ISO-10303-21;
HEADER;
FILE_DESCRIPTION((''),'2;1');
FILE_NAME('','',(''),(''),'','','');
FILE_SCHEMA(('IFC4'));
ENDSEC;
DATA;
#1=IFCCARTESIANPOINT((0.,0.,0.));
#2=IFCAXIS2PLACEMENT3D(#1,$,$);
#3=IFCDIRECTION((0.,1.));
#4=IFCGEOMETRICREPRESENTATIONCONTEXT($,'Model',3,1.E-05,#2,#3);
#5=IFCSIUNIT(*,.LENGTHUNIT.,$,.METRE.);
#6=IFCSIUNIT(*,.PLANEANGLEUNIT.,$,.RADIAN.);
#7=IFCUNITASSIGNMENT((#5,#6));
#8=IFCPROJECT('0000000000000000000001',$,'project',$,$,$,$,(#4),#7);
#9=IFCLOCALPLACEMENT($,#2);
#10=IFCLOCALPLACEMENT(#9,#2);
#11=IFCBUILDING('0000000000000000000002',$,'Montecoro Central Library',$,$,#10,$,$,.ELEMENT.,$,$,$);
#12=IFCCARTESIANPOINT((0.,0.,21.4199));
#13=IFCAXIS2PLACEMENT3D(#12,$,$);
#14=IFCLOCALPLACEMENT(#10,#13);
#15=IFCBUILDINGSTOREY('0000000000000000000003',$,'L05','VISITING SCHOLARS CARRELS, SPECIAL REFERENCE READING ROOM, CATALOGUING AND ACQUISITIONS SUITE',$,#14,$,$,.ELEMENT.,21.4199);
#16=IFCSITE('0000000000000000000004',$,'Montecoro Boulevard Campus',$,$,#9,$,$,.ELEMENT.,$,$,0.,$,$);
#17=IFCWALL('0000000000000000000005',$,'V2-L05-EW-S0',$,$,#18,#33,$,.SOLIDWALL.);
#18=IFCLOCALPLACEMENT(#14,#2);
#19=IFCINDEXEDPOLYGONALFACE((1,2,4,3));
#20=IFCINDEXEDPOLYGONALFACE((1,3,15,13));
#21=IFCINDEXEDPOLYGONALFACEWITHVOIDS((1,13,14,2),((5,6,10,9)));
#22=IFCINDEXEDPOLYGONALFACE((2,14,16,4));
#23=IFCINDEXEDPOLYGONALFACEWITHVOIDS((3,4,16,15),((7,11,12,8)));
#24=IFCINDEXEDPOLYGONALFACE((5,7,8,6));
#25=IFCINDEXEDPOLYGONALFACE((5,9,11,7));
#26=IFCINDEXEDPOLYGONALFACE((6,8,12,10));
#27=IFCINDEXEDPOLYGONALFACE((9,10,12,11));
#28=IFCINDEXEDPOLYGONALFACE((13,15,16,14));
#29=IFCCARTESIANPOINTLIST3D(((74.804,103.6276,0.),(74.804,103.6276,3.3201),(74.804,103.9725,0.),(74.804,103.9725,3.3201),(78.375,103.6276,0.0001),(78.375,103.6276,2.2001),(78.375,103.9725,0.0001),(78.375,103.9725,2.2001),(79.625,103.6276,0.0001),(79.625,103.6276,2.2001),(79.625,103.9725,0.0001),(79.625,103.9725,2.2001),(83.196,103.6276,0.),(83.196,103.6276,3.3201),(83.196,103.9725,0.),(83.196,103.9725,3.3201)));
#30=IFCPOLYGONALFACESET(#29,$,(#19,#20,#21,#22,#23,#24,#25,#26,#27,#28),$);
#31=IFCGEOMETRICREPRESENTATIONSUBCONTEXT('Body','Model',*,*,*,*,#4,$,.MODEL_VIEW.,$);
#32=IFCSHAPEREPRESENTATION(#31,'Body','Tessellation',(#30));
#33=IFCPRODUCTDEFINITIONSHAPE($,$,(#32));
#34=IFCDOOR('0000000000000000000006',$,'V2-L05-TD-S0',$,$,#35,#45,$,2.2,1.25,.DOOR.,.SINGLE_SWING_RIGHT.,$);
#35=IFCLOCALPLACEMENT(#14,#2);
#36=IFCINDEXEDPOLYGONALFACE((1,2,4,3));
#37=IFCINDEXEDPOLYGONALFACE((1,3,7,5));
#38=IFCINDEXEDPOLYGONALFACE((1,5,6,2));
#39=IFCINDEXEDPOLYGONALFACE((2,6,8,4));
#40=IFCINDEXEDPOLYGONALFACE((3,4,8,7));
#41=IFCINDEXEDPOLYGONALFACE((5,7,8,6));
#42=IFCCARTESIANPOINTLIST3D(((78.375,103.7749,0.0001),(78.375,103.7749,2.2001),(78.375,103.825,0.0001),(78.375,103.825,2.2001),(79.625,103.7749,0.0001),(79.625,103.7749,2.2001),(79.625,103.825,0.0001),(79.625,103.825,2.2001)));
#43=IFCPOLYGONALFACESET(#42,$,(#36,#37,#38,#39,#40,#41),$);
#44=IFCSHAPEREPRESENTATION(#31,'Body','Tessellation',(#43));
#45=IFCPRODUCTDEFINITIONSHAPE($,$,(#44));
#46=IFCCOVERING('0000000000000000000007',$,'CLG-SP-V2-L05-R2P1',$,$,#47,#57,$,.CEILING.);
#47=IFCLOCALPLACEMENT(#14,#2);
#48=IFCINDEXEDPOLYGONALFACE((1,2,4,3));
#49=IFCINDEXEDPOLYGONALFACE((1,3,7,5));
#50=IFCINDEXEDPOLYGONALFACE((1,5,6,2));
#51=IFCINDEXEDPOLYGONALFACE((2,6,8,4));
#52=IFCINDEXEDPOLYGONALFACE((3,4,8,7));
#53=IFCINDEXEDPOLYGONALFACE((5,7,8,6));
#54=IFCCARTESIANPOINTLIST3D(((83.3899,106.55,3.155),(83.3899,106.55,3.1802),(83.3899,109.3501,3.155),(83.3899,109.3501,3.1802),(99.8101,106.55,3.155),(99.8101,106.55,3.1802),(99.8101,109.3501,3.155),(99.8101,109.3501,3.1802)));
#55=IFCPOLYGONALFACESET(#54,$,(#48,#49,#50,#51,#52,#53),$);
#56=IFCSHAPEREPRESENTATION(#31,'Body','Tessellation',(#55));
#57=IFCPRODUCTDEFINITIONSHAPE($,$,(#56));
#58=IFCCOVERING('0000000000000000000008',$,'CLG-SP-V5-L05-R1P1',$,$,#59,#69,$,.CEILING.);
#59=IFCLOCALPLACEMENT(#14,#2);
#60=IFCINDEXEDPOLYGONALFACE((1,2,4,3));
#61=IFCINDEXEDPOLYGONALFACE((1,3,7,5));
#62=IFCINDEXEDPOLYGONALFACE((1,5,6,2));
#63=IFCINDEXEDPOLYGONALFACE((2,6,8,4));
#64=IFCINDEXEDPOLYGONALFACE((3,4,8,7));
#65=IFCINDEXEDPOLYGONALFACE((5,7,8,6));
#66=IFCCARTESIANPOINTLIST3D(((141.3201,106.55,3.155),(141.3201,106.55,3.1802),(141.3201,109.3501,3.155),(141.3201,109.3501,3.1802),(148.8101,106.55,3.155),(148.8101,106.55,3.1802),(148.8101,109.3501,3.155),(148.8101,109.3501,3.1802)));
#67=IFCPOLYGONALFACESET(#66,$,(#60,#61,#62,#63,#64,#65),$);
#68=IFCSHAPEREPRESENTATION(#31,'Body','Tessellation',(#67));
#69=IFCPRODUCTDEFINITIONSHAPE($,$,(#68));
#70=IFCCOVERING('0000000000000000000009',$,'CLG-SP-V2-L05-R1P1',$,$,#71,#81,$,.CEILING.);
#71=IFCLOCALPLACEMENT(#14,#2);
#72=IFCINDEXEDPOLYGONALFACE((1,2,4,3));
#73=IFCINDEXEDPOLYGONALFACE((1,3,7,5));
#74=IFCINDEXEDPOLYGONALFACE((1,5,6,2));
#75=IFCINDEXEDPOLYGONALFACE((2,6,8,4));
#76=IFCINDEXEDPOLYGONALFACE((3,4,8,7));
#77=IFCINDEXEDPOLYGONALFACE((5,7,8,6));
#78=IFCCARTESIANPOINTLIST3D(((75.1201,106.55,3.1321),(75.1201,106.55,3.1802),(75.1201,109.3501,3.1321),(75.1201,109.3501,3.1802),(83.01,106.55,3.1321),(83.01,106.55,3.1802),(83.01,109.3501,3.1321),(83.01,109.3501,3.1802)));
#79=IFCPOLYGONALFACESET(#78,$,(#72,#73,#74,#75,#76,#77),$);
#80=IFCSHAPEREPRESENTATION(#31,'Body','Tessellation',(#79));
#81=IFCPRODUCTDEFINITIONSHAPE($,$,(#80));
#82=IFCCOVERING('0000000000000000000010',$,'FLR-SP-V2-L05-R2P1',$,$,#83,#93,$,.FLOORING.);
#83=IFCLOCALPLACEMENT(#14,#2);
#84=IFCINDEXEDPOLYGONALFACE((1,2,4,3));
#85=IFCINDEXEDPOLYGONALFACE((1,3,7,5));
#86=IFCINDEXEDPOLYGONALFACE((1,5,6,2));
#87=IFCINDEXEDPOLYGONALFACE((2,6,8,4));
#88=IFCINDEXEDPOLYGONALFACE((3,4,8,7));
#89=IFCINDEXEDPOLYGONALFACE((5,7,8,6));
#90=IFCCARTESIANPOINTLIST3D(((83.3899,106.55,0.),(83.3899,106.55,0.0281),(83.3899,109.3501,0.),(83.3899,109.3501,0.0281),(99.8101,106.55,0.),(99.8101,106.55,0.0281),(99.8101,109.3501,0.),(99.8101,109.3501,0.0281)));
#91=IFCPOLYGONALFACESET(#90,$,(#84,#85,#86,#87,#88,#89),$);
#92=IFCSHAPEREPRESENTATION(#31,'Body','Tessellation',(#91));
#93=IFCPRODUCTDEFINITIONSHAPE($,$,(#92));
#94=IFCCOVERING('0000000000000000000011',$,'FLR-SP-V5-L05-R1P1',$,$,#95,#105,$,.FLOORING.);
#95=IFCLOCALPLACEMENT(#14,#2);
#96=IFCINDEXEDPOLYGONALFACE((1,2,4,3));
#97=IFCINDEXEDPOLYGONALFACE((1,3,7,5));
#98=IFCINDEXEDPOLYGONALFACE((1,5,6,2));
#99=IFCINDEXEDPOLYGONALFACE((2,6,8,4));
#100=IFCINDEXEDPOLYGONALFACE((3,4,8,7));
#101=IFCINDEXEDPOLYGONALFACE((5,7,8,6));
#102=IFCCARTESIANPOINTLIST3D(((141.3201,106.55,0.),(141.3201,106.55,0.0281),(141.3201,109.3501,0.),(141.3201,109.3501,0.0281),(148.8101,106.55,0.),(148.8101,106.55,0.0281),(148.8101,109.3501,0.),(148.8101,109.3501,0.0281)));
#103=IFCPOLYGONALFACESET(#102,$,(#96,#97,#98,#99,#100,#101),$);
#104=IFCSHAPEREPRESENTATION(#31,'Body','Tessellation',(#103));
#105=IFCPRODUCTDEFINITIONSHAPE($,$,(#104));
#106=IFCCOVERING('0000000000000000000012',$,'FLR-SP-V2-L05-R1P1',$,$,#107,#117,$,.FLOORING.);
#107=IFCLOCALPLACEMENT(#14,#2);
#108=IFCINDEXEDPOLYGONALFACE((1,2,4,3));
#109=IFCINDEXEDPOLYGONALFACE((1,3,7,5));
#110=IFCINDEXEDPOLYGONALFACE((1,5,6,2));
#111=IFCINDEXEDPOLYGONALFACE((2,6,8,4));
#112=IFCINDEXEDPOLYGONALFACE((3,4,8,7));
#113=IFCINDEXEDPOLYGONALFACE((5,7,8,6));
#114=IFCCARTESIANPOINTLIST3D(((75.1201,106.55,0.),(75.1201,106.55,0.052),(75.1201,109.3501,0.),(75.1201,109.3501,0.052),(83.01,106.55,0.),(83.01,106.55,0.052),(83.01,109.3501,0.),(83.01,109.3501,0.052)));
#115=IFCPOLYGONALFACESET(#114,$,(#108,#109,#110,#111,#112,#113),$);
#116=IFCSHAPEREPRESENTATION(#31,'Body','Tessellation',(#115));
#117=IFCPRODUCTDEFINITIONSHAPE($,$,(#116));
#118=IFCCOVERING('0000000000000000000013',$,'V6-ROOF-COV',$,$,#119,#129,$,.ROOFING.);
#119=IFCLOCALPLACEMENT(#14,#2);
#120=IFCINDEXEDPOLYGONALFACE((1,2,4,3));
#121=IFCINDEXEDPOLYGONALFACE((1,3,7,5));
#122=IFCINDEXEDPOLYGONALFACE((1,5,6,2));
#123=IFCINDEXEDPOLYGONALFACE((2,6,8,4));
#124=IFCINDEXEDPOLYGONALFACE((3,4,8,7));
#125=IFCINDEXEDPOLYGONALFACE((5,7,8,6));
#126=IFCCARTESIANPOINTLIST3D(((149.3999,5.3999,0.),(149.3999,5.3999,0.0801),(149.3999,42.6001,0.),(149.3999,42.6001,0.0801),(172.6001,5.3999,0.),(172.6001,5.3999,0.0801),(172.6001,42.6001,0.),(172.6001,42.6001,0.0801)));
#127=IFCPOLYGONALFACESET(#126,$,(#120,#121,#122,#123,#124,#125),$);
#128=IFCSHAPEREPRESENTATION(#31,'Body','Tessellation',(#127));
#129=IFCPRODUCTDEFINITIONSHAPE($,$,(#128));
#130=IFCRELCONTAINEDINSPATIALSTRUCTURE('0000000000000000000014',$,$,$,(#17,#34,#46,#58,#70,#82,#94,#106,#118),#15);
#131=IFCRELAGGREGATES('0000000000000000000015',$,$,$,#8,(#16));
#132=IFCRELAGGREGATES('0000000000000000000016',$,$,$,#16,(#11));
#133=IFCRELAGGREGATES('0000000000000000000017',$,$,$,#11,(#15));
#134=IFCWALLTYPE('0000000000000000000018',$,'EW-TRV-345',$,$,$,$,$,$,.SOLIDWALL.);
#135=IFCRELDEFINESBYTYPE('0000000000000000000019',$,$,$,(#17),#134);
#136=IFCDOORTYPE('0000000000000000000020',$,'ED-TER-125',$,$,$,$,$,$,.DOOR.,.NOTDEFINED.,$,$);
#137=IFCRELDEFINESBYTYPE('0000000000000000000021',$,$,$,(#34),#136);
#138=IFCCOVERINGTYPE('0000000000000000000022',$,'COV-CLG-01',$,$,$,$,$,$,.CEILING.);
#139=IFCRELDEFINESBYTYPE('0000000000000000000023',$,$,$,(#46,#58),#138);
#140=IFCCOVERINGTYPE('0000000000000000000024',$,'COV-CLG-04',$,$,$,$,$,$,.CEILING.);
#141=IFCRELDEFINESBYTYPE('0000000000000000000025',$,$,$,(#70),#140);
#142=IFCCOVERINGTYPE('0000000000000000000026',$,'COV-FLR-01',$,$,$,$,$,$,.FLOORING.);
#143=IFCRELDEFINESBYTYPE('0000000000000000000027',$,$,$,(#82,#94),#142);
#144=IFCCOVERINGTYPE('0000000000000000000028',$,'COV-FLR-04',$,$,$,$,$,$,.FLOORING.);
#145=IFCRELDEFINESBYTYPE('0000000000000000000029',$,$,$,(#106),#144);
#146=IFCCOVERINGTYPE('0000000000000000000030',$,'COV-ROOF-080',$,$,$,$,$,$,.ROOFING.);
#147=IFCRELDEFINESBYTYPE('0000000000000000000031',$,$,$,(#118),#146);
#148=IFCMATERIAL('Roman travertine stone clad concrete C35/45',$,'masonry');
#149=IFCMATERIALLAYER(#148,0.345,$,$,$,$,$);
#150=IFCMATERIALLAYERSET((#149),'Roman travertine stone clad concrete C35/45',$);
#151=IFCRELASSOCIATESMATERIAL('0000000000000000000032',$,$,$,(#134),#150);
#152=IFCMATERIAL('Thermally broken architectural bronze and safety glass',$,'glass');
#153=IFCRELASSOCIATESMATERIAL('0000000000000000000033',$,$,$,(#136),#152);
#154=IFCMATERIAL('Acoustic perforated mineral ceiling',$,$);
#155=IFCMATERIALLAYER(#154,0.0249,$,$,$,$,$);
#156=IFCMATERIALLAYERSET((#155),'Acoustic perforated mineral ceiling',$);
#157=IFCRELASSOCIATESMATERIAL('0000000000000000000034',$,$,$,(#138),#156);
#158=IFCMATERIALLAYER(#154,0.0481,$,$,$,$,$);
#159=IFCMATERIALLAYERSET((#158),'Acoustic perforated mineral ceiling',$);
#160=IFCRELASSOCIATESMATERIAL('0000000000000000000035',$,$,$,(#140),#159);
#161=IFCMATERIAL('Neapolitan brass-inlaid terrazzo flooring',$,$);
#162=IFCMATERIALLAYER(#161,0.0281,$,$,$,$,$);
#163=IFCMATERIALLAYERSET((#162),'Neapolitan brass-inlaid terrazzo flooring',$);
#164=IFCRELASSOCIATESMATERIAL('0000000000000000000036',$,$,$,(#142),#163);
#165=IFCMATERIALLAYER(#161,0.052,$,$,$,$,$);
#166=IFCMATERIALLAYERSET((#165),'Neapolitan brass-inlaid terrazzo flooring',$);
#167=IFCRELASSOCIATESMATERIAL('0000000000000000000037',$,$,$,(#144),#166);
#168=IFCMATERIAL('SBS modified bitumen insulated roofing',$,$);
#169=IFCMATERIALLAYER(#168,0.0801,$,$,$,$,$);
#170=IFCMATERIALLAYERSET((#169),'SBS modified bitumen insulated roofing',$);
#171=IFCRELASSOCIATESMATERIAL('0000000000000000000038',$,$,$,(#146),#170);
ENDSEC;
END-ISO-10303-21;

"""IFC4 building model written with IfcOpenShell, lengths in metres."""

from ifc_helpers import new_model, si_unit, direction, frame, frame_2d, origin, place, context, subcontext, project, spatial, polyline, rectangle, outline, extrude, material, layer, layer_set, type_object, element, fill, save


model = new_model("IFC4")

# Units and contexts
model_context = context("Model", 3, precision=1e-05, world=origin(), true_north=direction((0.0, 1.0)))
body_context = subcontext(model_context, "Body", "Model", "MODEL_VIEW")
ifc_project = project(units=[si_unit("LENGTHUNIT", "METRE"), si_unit("PLANEANGLEUNIT", "RADIAN")], contexts=[model_context])

# Site, building, storey
site_placement = place(None, origin())
site = spatial("IfcSite", under=ifc_project, at=site_placement, Name="Montecoro Boulevard Campus", CompositionType="ELEMENT", RefElevation=0.0)
building_placement = place(site_placement, origin())
building = spatial("IfcBuilding", under=site, at=building_placement, Name="Montecoro Central Library", CompositionType="ELEMENT")
storey_placement = place(building_placement, frame((0.0, 0.0, 21.4199)))
storey = spatial("IfcBuildingStorey", under=building, at=storey_placement, Name="L05", Description="VISITING SCHOLARS CARRELS, SPECIAL REFERENCE READING ROOM, CATALOGUING AND ACQUISITIONS SUITE", CompositionType="ELEMENT", Elevation=21.4199)

# Wall, opening, door
ifc_material_1 = material(Name="Roman travertine stone clad concrete C35/45", Category="masonry")
ifc_layer_1 = layer(ifc_material_1, 0.345)
ifc_layer_set_1 = layer_set([ifc_layer_1], Name="Roman travertine stone clad concrete C35/45")
wall_type = type_object("IfcWallType", Name="EW-TRV-345", PredefinedType="SOLIDWALL", material=ifc_layer_set_1)
wall_placement = place(storey_placement, frame((74.804, 103.8, 0.0), z_axis=(0.0, 0.0, 1.0), x_axis=(1.0, 0.0, 0.0)))
wall = element("IfcWall", 1, at=wall_placement, inside=storey, type_object=wall_type, Name="V2-L05-EW-S0", PredefinedType="SOLIDWALL", context=body_context, shape_type="SweptSolid", body=[
    extrude(rectangle(XDim=8.3921, YDim=0.345, at=frame_2d((4.196, 0.0))), origin(), (0.0, 0.0, 1.0), 3.3201),
])
opening_1_placement = place(wall_placement, frame((3.571, 0.0, 0.0)))
opening_1 = element("IfcOpeningElement", 2, at=opening_1_placement, cuts=wall, PredefinedType="OPENING", context=body_context, shape_type="SweptSolid", body=[
    extrude(rectangle(XDim=1.25, YDim=2.2, at=frame_2d((0.625, 1.1001))), frame((0.0, 0.1824, 0.0), z_axis=(0.0, -1.0, 0.0), x_axis=(1.0, 0.0, 0.0)), (0.0, 0.0, 1.0), 0.365),
])
ifc_material_2 = material(Name="Thermally broken architectural bronze and safety glass", Category="glass")
door_type = type_object("IfcDoorType", Name="ED-TER-125", OperationType="NOTDEFINED", PredefinedType="DOOR", material=ifc_material_2)
door_placement = place(opening_1_placement, origin())
door = element("IfcDoor", 3, at=door_placement, inside=storey, type_object=door_type, Name="V2-L05-TD-S0", OperationType="SINGLE_SWING_RIGHT", OverallHeight=2.2, OverallWidth=1.25, PredefinedType="DOOR", context=body_context, shape_type="SweptSolid", body=[
    extrude(rectangle(XDim=1.25, YDim=2.2, at=frame_2d((0.625, 1.1001))), frame((0.0, 0.0249, 0.0), z_axis=(0.0, -1.0, 0.0), x_axis=(1.0, 0.0, 0.0)), (0.0, 0.0, 1.0), 0.05),
])
fill(opening_1, door)

# Coverings
ifc_material_3 = material(Name="Acoustic perforated mineral ceiling")
ifc_layer_2 = layer(ifc_material_3, 0.0249)
ifc_layer_set_2 = layer_set([ifc_layer_2], Name="Acoustic perforated mineral ceiling")
covering_type_1 = type_object("IfcCoveringType", Name="COV-CLG-01", PredefinedType="CEILING", material=ifc_layer_set_2)
covering_1_placement = place(storey_placement, frame((0.0, 0.0, 3.155)))
element("IfcCovering", 4, at=covering_1_placement, inside=storey, type_object=covering_type_1, Name="CLG-SP-V2-L05-R2P1", PredefinedType="CEILING", context=body_context, shape_type="SweptSolid", body=[
    extrude(outline(polyline([(83.3899, 106.55), (99.8101, 106.55), (99.8101, 109.3501), (83.3899, 109.3501), (83.3899, 106.55)])), origin(), (0.0, 0.0, 1.0), 0.0251),
])
covering_2_placement = place(storey_placement, frame((0.0, 0.0, 3.155)))
element("IfcCovering", 5, at=covering_2_placement, inside=storey, type_object=covering_type_1, Name="CLG-SP-V5-L05-R1P1", PredefinedType="CEILING", context=body_context, shape_type="SweptSolid", body=[
    extrude(outline(polyline([(141.3201, 106.55), (148.8101, 106.55), (148.8101, 109.3501), (141.3201, 109.3501), (141.3201, 106.55)])), origin(), (0.0, 0.0, 1.0), 0.0251),
])
ifc_layer_3 = layer(ifc_material_3, 0.0481)
ifc_layer_set_3 = layer_set([ifc_layer_3], Name="Acoustic perforated mineral ceiling")
covering_type_2 = type_object("IfcCoveringType", Name="COV-CLG-04", PredefinedType="CEILING", material=ifc_layer_set_3)
covering_3_placement = place(storey_placement, frame((0.0, 0.0, 3.1321)))
element("IfcCovering", 6, at=covering_3_placement, inside=storey, type_object=covering_type_2, Name="CLG-SP-V2-L05-R1P1", PredefinedType="CEILING", context=body_context, shape_type="SweptSolid", body=[
    extrude(outline(polyline([(75.1201, 106.55), (83.01, 106.55), (83.01, 109.3501), (75.1201, 109.3501), (75.1201, 106.55)])), origin(), (0.0, 0.0, 1.0), 0.0481),
])
ifc_material_4 = material(Name="Neapolitan brass-inlaid terrazzo flooring")
ifc_layer_4 = layer(ifc_material_4, 0.0281)
ifc_layer_set_4 = layer_set([ifc_layer_4], Name="Neapolitan brass-inlaid terrazzo flooring")
covering_type_3 = type_object("IfcCoveringType", Name="COV-FLR-01", PredefinedType="FLOORING", material=ifc_layer_set_4)
covering_4_placement = place(storey_placement, origin())
element("IfcCovering", 7, at=covering_4_placement, inside=storey, type_object=covering_type_3, Name="FLR-SP-V2-L05-R2P1", PredefinedType="FLOORING", context=body_context, shape_type="SweptSolid", body=[
    extrude(outline(polyline([(83.3899, 106.55), (99.8101, 106.55), (99.8101, 109.3501), (83.3899, 109.3501), (83.3899, 106.55)])), origin(), (0.0, 0.0, 1.0), 0.0281),
])
covering_5_placement = place(storey_placement, origin())
element("IfcCovering", 8, at=covering_5_placement, inside=storey, type_object=covering_type_3, Name="FLR-SP-V5-L05-R1P1", PredefinedType="FLOORING", context=body_context, shape_type="SweptSolid", body=[
    extrude(outline(polyline([(141.3201, 106.55), (148.8101, 106.55), (148.8101, 109.3501), (141.3201, 109.3501), (141.3201, 106.55)])), origin(), (0.0, 0.0, 1.0), 0.0281),
])
ifc_layer_5 = layer(ifc_material_4, 0.052)
ifc_layer_set_5 = layer_set([ifc_layer_5], Name="Neapolitan brass-inlaid terrazzo flooring")
covering_type_4 = type_object("IfcCoveringType", Name="COV-FLR-04", PredefinedType="FLOORING", material=ifc_layer_set_5)
covering_6_placement = place(storey_placement, origin())
element("IfcCovering", 9, at=covering_6_placement, inside=storey, type_object=covering_type_4, Name="FLR-SP-V2-L05-R1P1", PredefinedType="FLOORING", context=body_context, shape_type="SweptSolid", body=[
    extrude(outline(polyline([(75.1201, 106.55), (83.01, 106.55), (83.01, 109.3501), (75.1201, 109.3501), (75.1201, 106.55)])), origin(), (0.0, 0.0, 1.0), 0.052),
])
ifc_material_5 = material(Name="SBS modified bitumen insulated roofing")
ifc_layer_6 = layer(ifc_material_5, 0.0801)
ifc_layer_set_6 = layer_set([ifc_layer_6], Name="SBS modified bitumen insulated roofing")
covering_type_5 = type_object("IfcCoveringType", Name="COV-ROOF-080", PredefinedType="ROOFING", material=ifc_layer_set_6)
covering_7_placement = place(storey_placement, origin())
element("IfcCovering", 10, at=covering_7_placement, inside=storey, type_object=covering_type_5, Name="V6-ROOF-COV", PredefinedType="ROOFING", context=body_context, shape_type="SweptSolid", body=[
    extrude(outline(polyline([(149.3999, 5.3999), (172.6001, 5.3999), (172.6001, 42.6001), (149.3999, 42.6001), (149.3999, 5.3999)])), origin(), (0.0, 0.0, 1.0), 0.0801),
])

save(model, "model.ifc")
